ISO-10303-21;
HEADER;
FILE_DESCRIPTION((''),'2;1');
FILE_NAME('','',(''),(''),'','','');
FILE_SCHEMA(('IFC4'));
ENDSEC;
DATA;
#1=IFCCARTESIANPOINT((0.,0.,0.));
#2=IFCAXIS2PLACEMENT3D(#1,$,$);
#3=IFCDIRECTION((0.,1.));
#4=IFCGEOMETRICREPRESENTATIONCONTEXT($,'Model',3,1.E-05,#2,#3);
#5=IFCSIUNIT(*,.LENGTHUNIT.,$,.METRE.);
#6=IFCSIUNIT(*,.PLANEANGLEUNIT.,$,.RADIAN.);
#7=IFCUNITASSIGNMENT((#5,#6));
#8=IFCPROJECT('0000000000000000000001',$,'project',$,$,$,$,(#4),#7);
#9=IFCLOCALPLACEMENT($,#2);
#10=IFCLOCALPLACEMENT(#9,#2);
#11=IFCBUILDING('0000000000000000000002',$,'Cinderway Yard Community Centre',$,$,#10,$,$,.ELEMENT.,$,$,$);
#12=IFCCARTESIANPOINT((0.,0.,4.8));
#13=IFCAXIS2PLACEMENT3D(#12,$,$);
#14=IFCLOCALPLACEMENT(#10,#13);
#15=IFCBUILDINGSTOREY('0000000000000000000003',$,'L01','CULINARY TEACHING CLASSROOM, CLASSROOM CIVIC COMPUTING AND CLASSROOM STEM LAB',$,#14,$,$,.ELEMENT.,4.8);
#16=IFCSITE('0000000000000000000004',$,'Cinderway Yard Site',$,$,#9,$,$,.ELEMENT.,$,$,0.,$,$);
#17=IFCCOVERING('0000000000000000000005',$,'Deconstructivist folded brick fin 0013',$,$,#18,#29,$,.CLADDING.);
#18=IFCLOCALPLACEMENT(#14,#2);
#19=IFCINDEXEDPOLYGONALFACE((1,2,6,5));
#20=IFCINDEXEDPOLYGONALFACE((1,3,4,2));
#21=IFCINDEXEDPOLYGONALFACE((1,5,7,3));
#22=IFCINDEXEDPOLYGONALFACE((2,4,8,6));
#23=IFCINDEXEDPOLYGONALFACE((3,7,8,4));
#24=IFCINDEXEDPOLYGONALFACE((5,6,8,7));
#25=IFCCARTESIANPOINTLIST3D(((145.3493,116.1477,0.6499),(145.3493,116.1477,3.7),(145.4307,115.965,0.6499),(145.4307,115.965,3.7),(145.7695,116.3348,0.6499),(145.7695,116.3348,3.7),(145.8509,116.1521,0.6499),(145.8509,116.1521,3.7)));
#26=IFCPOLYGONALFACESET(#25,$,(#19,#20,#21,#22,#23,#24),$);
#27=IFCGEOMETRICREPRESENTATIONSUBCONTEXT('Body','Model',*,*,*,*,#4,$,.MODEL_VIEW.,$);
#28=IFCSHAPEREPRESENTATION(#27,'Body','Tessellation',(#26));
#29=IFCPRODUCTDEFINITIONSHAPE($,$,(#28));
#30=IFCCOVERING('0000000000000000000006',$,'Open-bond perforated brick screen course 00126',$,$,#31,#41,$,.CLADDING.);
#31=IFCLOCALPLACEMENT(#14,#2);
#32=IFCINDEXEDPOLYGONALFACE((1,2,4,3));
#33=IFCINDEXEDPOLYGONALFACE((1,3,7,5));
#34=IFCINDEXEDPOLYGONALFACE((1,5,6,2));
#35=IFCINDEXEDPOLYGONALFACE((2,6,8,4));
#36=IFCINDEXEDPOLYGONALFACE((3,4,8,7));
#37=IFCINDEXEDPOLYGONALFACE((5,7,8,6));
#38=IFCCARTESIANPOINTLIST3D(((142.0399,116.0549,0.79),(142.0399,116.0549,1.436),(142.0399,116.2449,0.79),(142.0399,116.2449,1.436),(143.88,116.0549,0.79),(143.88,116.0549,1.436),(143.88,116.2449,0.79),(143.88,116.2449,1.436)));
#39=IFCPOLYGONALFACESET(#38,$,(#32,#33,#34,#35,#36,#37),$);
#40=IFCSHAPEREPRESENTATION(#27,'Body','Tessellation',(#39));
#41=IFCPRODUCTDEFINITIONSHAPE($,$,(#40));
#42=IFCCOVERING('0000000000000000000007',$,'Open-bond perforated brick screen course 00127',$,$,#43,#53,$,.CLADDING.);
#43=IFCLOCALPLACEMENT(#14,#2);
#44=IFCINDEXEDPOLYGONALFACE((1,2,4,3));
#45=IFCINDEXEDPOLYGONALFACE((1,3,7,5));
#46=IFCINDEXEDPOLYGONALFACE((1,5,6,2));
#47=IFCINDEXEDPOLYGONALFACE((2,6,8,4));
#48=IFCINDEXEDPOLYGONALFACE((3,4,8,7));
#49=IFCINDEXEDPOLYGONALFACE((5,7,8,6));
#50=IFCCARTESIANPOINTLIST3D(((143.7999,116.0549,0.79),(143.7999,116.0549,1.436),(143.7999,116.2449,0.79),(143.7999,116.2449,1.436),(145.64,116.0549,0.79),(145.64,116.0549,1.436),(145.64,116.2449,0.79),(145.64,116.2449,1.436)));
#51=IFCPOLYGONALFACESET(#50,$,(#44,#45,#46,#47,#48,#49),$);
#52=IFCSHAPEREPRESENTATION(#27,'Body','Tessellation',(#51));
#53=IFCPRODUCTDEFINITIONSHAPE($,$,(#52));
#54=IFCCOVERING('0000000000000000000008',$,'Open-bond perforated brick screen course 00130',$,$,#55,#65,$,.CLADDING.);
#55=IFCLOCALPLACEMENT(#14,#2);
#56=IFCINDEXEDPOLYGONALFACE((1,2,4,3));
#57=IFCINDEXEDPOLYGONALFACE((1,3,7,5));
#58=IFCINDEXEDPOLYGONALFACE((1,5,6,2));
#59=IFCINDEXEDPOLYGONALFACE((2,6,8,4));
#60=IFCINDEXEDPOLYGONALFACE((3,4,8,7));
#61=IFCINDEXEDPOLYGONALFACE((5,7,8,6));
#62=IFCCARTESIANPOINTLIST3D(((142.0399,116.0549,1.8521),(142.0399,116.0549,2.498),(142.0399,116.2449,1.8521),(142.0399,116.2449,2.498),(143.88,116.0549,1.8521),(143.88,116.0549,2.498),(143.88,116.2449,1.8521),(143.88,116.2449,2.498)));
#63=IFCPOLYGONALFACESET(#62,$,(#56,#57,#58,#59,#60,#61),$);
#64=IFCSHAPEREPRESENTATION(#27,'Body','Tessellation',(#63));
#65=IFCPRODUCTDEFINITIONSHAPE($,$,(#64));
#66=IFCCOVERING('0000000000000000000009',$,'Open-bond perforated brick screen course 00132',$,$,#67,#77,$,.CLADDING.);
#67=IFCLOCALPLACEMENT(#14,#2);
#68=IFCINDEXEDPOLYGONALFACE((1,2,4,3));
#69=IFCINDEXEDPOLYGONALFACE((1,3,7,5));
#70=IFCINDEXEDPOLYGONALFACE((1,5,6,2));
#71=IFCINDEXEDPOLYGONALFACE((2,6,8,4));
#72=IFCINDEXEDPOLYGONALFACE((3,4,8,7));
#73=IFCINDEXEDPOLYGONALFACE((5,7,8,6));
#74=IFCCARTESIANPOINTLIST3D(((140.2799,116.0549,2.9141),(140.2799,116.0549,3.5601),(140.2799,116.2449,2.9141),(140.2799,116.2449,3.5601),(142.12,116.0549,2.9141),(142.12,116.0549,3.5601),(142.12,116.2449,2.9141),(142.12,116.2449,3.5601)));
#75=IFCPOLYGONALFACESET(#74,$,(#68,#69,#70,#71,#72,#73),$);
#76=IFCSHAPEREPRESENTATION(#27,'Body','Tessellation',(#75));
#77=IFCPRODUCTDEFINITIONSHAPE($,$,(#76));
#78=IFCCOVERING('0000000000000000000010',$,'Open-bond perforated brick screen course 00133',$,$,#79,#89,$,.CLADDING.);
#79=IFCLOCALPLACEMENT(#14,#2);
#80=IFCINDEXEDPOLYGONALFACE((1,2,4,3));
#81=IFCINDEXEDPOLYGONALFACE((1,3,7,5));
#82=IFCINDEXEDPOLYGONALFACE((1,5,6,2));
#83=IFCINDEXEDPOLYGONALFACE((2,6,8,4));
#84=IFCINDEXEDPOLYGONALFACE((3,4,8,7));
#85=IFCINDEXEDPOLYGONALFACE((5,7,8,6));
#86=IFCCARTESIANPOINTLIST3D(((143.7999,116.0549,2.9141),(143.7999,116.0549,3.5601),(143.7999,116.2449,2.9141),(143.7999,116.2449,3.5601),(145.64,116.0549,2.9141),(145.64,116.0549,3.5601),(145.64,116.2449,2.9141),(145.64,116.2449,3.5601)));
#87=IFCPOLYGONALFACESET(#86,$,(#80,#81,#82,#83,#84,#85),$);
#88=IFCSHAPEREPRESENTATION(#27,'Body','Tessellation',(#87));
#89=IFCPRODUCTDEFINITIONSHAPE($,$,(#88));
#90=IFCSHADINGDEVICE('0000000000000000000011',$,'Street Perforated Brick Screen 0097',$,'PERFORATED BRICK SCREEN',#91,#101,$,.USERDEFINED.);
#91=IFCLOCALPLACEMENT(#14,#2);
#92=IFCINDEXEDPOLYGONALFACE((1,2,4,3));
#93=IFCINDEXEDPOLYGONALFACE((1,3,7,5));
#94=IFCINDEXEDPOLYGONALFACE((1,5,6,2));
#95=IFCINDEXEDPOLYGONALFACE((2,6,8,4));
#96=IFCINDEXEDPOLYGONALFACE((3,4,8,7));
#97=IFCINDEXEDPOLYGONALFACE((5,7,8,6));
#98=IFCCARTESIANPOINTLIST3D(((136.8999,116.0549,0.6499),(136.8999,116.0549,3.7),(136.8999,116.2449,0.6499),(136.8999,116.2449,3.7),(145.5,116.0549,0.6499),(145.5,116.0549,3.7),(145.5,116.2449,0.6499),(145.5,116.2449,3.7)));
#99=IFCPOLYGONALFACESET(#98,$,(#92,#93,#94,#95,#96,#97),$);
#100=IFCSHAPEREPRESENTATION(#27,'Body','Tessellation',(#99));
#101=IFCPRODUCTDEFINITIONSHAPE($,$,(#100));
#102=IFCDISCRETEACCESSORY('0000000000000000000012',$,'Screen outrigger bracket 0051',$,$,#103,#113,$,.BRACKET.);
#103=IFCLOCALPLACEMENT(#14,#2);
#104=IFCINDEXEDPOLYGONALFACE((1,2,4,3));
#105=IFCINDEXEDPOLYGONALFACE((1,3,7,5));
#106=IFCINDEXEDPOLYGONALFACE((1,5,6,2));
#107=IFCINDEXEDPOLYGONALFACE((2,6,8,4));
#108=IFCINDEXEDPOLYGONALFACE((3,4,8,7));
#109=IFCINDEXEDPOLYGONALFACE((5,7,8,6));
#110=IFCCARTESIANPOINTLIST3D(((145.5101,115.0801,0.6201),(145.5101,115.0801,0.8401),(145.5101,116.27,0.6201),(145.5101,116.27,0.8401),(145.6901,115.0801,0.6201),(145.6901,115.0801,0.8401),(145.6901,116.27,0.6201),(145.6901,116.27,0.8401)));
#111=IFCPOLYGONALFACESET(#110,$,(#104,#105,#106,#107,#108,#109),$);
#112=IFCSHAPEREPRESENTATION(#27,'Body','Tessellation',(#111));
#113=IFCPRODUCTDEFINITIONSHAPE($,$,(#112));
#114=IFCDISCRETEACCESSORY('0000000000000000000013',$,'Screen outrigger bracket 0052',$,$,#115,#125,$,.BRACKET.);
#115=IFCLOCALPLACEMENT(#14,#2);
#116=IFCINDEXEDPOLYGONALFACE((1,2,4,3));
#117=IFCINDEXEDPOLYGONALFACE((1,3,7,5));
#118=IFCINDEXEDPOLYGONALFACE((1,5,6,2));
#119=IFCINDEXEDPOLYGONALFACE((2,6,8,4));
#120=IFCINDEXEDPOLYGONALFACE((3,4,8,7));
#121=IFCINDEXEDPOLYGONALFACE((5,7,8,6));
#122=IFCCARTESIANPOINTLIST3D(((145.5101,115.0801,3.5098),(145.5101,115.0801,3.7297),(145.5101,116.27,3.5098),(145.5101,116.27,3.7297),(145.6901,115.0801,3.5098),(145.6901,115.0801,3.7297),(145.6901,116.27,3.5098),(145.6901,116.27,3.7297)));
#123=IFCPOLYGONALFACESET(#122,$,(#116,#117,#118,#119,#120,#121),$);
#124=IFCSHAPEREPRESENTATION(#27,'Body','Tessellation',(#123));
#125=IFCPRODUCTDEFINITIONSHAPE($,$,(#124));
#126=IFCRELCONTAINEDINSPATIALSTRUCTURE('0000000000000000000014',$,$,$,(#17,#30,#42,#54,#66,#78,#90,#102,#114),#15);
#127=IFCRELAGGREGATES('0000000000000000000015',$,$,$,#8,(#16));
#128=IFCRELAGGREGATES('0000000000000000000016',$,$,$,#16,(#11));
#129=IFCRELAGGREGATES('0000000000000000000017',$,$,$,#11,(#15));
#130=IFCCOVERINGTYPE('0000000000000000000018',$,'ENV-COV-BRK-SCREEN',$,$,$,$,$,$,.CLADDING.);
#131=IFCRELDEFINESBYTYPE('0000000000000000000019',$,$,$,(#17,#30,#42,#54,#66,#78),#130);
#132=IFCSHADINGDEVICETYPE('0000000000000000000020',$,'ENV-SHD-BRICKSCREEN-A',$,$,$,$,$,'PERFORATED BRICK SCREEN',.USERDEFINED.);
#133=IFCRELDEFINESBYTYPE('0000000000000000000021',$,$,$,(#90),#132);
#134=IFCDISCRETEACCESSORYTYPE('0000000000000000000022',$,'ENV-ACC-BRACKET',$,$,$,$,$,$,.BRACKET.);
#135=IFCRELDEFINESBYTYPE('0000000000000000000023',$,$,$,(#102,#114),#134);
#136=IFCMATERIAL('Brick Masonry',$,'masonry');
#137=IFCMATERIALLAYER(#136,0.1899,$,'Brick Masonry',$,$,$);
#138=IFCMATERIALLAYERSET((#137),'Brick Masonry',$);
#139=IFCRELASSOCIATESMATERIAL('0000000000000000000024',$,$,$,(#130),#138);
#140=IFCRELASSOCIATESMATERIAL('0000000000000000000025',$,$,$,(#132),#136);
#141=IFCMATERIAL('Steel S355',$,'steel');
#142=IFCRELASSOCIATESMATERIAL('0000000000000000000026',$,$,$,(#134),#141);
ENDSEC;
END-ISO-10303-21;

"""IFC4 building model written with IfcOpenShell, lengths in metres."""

from ifc_helpers import new_model, si_unit, direction, frame, origin, origin_2d, place, context, subcontext, project, spatial, rectangle, extrude, material, layer, layer_set, type_object, element, save


model = new_model("IFC4")

# Units and contexts
model_context = context("Model", 3, precision=1e-05, world=origin(), true_north=direction((0.0, 1.0)))
body_context = subcontext(model_context, "Body", "Model", "MODEL_VIEW")
ifc_project = project(units=[si_unit("LENGTHUNIT", "METRE"), si_unit("PLANEANGLEUNIT", "RADIAN")], contexts=[model_context])

# Site, building, storey
site_placement = place(None, origin())
site = spatial("IfcSite", under=ifc_project, at=site_placement, Name="Cinderway Yard Site", CompositionType="ELEMENT", RefElevation=0.0)
building_placement = place(site_placement, origin())
building = spatial("IfcBuilding", under=site, at=building_placement, Name="Cinderway Yard Community Centre", CompositionType="ELEMENT")
storey_placement = place(building_placement, frame((0.0, 0.0, 4.8)))
storey = spatial("IfcBuildingStorey", under=building, at=storey_placement, Name="L01", Description="CULINARY TEACHING CLASSROOM, CLASSROOM CIVIC COMPUTING AND CLASSROOM STEM LAB", CompositionType="ELEMENT", Elevation=4.8)

# Shared definitions
ifc_material_1 = material(Name="Steel S355", Category="steel")

# Coverings
ifc_material_2 = material(Name="Brick Masonry", Category="masonry")
ifc_layer_1 = layer(ifc_material_2, 0.1899, Name="Brick Masonry")
ifc_layer_set_1 = layer_set([ifc_layer_1], Name="Brick Masonry")
covering_type = type_object("IfcCoveringType", Name="ENV-COV-BRK-SCREEN", PredefinedType="CLADDING", material=ifc_layer_set_1)
covering_placement = place(storey_placement, frame((145.6001, 116.1499, 0.6499), z_axis=(0.0, 0.0, 1.0), x_axis=(0.913545, 0.406737, 0.0)))
element("IfcCovering", 1, at=covering_placement, inside=storey, type_object=covering_type, Name="Deconstructivist folded brick fin 0013", PredefinedType="CLADDING", context=body_context, shape_type="SweptSolid", body=[
    extrude(rectangle(XDim=0.46, YDim=0.2, at=origin_2d()), origin(), (0.0, 0.0, 1.0), 3.05),
])
for number, where, z_axis, x_axis, name in (
    (2, (142.96, 116.1499, 0.79), (0.0, 0.0, 1.0), (1.0, 0.0, 0.0), "Open-bond perforated brick screen course 00126"),
    (3, (144.72, 116.1499, 0.79), (0.0, 0.0, 1.0), (1.0, 0.0, 0.0), "Open-bond perforated brick screen course 00127"),
    (4, (142.96, 116.1499, 1.8521), (0.0, 0.0, 1.0), (1.0, 0.0, 0.0), "Open-bond perforated brick screen course 00130"),
    (5, (141.2, 116.1499, 2.9141), (0.0, 0.0, 1.0), (1.0, 0.0, 0.0), "Open-bond perforated brick screen course 00132"),
    (6, (144.72, 116.1499, 2.9141), (0.0, 0.0, 1.0), (1.0, 0.0, 0.0), "Open-bond perforated brick screen course 00133"),
):
    element("IfcCovering", number, at=place(storey_placement, frame(where, z_axis=z_axis, x_axis=x_axis)), inside=storey, type_object=covering_type, Name=name, PredefinedType="CLADDING", context=body_context, shape_type="SweptSolid", body=[
        extrude(rectangle(XDim=1.8401, YDim=0.1899, at=origin_2d()), origin(), (0.0, 0.0, 1.0), 0.646),
    ])

# Shading device
shading_device_type = type_object("IfcShadingDeviceType", Name="ENV-SHD-BRICKSCREEN-A", ElementType="PERFORATED BRICK SCREEN", PredefinedType="USERDEFINED", material=ifc_material_2)
shading_device_placement = place(storey_placement, frame((141.2, 116.1499, 0.6499), z_axis=(0.0, 0.0, 1.0), x_axis=(1.0, 0.0, 0.0)))
element("IfcShadingDevice", 7, at=shading_device_placement, inside=storey, type_object=shading_device_type, Name="Street Perforated Brick Screen 0097", ObjectType="PERFORATED BRICK SCREEN", PredefinedType="USERDEFINED", context=body_context, shape_type="SweptSolid", body=[
    extrude(rectangle(XDim=8.6001, YDim=0.1899, at=origin_2d()), origin(), (0.0, 0.0, 1.0), 3.05),
])

# Discrete accessories
discrete_accessory_type = type_object("IfcDiscreteAccessoryType", Name="ENV-ACC-BRACKET", PredefinedType="BRACKET", material=ifc_material_1)
for number, where, z_axis, x_axis, name in (
    (8, (145.6001, 115.675, 0.6201), (0.0, 0.0, 1.0), (0.0, 1.0, 0.0), "Screen outrigger bracket 0051"),
    (9, (145.6001, 115.675, 3.5098), (0.0, 0.0, 1.0), (0.0, 1.0, 0.0), "Screen outrigger bracket 0052"),
):
    element("IfcDiscreteAccessory", number, at=place(storey_placement, frame(where, z_axis=z_axis, x_axis=x_axis)), inside=storey, type_object=discrete_accessory_type, Name=name, PredefinedType="BRACKET", context=body_context, shape_type="SweptSolid", body=[
        extrude(rectangle(XDim=1.1899, YDim=0.1799, at=origin_2d()), origin(), (0.0, 0.0, 1.0), 0.22),
    ])

save(model, "model.ifc")
